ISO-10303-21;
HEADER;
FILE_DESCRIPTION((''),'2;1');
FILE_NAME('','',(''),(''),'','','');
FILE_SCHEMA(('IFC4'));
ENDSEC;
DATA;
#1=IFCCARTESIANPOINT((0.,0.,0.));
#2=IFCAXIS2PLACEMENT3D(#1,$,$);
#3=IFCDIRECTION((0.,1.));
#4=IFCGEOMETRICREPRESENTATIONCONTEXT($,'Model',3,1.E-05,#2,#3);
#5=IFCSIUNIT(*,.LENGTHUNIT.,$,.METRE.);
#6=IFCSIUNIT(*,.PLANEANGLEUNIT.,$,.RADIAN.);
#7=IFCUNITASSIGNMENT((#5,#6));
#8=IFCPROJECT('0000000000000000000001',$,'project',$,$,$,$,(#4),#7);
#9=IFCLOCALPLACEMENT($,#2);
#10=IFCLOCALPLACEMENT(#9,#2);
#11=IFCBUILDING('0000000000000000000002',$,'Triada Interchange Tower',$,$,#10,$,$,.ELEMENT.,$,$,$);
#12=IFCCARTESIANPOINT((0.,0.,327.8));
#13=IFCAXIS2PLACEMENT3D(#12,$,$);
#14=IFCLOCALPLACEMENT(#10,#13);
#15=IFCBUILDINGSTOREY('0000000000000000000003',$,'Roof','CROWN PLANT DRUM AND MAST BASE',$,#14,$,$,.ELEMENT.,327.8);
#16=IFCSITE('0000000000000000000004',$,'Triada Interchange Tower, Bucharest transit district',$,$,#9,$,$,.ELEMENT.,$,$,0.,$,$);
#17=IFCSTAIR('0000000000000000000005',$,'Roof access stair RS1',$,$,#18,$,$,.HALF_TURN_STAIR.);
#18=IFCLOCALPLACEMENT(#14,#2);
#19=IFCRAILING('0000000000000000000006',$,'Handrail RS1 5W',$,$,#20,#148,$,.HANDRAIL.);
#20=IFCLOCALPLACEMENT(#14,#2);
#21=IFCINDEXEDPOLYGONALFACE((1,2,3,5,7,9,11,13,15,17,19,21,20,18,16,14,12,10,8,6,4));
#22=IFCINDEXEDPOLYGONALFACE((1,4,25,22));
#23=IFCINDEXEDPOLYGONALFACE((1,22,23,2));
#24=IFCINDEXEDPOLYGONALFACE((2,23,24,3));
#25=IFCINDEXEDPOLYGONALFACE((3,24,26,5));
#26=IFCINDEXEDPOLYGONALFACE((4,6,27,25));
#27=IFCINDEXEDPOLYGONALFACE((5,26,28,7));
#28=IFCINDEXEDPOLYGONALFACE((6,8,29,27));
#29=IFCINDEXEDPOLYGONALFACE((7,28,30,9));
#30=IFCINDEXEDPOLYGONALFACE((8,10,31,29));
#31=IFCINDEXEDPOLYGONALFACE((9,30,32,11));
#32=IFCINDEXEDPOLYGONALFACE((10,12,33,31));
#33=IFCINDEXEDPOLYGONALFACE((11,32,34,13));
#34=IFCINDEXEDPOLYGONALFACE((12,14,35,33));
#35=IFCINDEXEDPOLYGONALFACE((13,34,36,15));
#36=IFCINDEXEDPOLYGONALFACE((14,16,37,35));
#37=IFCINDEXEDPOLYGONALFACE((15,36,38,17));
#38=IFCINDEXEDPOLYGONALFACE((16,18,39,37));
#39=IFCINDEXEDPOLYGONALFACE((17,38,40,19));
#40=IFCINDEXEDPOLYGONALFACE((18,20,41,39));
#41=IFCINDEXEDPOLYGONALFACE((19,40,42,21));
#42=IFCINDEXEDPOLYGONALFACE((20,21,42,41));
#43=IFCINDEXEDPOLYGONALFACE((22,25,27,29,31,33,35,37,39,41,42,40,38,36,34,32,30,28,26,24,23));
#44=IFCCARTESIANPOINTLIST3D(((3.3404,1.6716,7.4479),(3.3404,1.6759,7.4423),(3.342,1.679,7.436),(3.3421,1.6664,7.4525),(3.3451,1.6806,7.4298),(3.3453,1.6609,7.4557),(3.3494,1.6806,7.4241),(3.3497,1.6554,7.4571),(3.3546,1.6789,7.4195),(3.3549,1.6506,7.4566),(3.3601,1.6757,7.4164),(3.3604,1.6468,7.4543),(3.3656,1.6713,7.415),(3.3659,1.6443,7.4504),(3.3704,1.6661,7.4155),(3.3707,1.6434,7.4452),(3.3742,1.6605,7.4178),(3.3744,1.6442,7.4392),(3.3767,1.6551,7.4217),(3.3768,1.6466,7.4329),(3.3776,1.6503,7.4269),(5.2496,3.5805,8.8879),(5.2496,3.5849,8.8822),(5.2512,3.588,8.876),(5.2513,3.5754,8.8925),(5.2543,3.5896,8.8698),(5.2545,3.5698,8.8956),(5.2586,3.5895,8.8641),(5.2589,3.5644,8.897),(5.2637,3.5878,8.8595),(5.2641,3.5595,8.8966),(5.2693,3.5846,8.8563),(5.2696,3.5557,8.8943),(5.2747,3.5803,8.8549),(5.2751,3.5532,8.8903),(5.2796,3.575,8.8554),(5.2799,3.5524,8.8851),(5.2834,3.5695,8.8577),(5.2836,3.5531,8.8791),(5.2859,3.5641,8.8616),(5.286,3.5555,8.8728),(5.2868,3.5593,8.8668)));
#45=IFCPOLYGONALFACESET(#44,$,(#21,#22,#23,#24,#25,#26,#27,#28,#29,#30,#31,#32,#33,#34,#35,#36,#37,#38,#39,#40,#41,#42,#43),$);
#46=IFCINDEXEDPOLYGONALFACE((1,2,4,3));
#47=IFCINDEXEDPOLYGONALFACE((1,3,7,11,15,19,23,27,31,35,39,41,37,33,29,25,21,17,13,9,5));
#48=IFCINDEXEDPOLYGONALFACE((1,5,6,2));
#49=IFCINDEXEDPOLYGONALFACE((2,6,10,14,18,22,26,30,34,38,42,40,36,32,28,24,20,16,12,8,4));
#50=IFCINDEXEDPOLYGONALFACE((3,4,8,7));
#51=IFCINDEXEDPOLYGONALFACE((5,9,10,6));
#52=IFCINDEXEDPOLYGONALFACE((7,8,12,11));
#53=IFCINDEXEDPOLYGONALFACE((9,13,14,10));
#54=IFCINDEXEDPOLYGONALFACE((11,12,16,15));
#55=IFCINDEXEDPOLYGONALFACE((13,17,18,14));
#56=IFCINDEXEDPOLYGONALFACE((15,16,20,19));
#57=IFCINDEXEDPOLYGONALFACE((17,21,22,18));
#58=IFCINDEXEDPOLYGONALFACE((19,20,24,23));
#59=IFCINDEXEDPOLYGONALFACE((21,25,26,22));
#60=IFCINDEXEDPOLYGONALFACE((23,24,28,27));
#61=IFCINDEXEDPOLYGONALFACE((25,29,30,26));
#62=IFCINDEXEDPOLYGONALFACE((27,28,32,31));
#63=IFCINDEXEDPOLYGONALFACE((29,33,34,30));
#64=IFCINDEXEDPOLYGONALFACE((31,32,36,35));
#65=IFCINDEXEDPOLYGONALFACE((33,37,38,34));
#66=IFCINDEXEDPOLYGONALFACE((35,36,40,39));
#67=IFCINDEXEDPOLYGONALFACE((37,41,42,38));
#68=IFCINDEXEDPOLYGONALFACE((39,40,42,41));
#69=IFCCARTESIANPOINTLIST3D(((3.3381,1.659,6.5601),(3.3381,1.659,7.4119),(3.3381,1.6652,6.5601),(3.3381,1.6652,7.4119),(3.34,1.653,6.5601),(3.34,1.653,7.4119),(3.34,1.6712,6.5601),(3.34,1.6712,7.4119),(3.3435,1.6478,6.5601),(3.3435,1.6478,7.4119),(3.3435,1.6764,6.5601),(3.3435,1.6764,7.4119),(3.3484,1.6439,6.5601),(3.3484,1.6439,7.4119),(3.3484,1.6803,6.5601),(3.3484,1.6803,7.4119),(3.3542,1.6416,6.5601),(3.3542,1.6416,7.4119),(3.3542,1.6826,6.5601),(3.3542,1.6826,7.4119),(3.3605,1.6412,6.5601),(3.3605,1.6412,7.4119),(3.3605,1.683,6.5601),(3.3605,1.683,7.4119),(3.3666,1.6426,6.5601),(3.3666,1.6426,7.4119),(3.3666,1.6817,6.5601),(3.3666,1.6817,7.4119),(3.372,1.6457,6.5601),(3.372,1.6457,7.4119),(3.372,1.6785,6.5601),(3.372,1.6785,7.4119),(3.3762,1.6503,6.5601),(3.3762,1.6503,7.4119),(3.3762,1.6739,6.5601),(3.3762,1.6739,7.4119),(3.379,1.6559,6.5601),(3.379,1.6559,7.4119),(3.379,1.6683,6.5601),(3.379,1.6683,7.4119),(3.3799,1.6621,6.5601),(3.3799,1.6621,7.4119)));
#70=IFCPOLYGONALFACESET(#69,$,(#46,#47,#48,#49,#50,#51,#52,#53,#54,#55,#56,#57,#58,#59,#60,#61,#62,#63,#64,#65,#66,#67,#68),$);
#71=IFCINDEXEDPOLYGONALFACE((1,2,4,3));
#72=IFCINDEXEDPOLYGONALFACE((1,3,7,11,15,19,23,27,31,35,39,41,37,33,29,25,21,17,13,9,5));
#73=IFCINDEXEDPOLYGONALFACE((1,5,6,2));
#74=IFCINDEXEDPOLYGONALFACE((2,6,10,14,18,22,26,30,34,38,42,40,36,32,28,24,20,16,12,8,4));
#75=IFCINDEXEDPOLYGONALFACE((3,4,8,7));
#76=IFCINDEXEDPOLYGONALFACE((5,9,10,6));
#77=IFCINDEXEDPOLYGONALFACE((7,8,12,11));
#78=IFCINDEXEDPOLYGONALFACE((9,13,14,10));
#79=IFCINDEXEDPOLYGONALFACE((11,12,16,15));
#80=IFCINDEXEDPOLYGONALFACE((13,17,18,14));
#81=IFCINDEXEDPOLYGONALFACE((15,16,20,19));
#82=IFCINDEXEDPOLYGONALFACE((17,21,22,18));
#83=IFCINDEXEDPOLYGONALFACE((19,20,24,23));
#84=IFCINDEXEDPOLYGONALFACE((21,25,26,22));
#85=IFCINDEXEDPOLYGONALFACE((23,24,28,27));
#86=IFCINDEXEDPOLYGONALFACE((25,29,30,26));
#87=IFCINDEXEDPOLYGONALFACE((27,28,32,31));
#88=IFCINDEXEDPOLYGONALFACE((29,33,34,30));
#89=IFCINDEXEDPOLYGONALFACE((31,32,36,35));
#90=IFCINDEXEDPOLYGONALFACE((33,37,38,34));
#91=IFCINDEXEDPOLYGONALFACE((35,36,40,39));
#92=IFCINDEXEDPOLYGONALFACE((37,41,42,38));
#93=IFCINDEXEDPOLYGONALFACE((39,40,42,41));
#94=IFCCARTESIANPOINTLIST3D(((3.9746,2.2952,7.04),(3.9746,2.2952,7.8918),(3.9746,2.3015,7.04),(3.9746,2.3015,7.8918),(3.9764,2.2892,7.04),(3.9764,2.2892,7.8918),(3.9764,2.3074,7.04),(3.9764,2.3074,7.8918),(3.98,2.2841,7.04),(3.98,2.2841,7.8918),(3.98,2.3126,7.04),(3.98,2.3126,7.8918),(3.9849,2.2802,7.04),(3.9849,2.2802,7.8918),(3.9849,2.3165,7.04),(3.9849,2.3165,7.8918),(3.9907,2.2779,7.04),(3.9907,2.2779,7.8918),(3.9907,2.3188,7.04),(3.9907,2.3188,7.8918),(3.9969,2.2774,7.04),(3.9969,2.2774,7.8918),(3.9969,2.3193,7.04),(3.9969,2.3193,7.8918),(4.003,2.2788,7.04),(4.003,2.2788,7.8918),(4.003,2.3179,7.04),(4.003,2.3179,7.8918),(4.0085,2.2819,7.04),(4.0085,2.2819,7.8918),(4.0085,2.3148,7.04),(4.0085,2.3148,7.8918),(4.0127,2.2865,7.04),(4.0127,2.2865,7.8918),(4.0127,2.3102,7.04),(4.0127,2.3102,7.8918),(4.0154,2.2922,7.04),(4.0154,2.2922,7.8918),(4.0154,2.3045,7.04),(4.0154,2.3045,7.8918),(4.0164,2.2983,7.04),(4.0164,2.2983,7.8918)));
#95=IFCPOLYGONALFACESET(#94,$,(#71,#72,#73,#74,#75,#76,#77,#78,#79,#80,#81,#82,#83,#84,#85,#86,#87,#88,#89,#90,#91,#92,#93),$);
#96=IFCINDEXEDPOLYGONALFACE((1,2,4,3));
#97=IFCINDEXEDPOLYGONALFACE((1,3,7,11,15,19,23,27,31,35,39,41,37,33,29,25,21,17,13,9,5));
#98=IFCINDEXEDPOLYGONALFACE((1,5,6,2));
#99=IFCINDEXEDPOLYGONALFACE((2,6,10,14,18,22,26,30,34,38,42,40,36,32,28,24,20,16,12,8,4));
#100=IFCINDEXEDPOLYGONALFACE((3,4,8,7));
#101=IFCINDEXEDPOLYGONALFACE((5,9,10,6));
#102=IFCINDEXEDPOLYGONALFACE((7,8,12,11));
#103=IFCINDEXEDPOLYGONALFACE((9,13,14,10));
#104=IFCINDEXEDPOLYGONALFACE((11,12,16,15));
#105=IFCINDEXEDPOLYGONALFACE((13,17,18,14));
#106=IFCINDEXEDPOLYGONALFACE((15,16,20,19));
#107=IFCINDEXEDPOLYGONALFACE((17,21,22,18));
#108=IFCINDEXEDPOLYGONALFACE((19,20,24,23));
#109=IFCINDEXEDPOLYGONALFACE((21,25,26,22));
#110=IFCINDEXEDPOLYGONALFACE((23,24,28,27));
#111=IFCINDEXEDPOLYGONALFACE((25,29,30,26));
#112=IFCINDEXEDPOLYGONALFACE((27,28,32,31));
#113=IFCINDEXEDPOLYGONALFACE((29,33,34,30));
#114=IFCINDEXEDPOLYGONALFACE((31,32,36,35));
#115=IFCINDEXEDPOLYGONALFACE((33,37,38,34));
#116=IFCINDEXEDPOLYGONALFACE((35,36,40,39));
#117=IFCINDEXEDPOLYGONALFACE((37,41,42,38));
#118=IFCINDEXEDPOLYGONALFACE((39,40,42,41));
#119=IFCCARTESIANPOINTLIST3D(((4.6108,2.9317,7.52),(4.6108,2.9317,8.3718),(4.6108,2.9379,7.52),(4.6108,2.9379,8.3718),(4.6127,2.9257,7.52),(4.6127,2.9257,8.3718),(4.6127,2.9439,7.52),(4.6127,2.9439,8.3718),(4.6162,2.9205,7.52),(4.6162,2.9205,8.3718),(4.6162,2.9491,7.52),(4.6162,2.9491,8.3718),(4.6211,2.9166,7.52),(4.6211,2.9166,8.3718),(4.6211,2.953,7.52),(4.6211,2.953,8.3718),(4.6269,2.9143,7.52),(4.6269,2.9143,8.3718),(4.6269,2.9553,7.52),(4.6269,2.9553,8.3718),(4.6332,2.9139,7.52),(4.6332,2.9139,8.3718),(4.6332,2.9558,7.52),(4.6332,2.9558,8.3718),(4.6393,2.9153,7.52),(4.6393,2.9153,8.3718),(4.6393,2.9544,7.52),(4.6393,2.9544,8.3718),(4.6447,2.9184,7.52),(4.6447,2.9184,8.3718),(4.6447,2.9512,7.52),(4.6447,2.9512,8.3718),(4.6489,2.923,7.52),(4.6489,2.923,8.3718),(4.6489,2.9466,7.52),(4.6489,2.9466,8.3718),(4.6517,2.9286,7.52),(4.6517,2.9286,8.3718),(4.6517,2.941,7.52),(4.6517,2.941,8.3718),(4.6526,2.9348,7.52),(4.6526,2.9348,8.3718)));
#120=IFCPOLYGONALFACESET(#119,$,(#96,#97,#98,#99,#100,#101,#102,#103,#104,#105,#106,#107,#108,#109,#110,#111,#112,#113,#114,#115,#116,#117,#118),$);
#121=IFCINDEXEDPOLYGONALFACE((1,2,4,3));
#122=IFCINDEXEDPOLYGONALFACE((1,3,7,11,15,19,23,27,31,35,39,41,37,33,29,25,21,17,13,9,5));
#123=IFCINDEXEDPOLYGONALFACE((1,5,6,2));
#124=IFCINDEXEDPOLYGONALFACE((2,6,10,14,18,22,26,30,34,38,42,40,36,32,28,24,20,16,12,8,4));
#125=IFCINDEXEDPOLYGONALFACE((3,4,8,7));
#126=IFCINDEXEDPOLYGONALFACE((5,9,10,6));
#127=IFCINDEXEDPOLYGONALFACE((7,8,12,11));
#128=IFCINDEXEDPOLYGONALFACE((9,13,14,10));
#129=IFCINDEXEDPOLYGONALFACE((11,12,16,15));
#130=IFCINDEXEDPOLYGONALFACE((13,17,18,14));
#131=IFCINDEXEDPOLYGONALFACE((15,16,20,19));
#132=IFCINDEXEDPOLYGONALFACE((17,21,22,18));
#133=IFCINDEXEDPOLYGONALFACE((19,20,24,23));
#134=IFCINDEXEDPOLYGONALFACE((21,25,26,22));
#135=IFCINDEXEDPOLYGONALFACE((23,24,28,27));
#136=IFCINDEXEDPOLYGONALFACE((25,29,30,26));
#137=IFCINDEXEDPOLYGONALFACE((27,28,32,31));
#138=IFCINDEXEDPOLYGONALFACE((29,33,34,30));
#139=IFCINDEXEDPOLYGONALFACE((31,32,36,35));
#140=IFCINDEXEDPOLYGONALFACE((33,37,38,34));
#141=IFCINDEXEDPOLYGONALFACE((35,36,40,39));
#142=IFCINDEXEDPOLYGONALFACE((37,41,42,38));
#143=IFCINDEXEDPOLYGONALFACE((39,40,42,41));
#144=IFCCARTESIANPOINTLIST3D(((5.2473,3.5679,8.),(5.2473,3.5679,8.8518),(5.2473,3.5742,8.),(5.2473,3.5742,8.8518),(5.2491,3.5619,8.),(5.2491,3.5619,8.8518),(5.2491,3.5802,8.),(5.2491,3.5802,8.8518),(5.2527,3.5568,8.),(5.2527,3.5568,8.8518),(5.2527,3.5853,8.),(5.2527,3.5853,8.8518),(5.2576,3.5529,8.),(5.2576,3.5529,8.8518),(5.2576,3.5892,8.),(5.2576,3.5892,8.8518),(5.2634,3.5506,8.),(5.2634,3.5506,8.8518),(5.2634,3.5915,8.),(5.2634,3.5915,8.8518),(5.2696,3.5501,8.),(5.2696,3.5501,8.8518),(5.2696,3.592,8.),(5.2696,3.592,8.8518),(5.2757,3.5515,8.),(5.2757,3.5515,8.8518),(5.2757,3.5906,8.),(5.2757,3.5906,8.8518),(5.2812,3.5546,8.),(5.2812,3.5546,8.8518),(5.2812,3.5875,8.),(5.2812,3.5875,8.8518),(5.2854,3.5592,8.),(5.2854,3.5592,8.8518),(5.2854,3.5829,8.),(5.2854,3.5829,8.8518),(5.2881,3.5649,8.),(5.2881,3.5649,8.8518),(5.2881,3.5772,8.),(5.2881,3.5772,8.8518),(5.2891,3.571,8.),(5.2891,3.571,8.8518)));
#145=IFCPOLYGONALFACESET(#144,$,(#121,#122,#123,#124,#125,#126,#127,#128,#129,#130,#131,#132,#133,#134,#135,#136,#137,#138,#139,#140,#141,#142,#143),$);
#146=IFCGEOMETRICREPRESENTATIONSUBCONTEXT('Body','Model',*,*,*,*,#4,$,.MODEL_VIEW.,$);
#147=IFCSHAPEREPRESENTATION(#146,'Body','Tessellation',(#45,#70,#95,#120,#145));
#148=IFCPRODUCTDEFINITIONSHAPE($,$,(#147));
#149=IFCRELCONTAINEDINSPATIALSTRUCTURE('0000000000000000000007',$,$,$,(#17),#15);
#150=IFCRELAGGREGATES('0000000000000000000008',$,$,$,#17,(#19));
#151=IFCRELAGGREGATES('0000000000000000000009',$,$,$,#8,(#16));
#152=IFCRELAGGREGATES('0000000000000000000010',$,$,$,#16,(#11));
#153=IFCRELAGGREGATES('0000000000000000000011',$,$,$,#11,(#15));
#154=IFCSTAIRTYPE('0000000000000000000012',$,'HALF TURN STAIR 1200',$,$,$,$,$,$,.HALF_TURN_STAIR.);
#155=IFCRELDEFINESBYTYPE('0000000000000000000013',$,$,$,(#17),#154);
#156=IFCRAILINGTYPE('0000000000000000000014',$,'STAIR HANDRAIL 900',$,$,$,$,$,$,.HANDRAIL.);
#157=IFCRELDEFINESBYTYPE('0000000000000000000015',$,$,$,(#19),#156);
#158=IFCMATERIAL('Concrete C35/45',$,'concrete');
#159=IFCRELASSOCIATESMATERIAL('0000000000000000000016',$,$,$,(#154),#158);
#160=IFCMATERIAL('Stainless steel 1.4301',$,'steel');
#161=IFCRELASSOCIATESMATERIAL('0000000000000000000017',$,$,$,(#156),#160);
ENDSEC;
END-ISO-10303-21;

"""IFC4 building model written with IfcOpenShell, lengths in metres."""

from ifc_helpers import new_model, si_unit, direction, frame, origin, origin_2d, place, context, subcontext, project, spatial, circle, extrude, material, type_object, element, aggregate, save


model = new_model("IFC4")

# Units and contexts
model_context = context("Model", 3, precision=1e-05, world=origin(), true_north=direction((0.0, 1.0)))
body_context = subcontext(model_context, "Body", "Model", "MODEL_VIEW")
ifc_project = project(units=[si_unit("LENGTHUNIT", "METRE"), si_unit("PLANEANGLEUNIT", "RADIAN")], contexts=[model_context])

# Site, building, storey
site_placement = place(None, origin())
site = spatial("IfcSite", under=ifc_project, at=site_placement, Name="Triada Interchange Tower, Bucharest transit district", CompositionType="ELEMENT", RefElevation=0.0)
building_placement = place(site_placement, origin())
building = spatial("IfcBuilding", under=site, at=building_placement, Name="Triada Interchange Tower", CompositionType="ELEMENT")
storey_placement = place(building_placement, frame((0.0, 0.0, 327.8)))
storey = spatial("IfcBuildingStorey", under=building, at=storey_placement, Name="Roof", Description="CROWN PLANT DRUM AND MAST BASE", CompositionType="ELEMENT", Elevation=327.8)

# Stair
ifc_material_1 = material(Name="Concrete C35/45", Category="concrete")
stair_type = type_object("IfcStairType", Name="HALF TURN STAIR 1200", PredefinedType="HALF_TURN_STAIR", material=ifc_material_1)
stair_placement = place(storey_placement, origin())
stair = element("IfcStair", 1, at=stair_placement, inside=storey, type_object=stair_type, Name="Roof access stair RS1", PredefinedType="HALF_TURN_STAIR")

# Railing
ifc_material_2 = material(Name="Stainless steel 1.4301", Category="steel")
railing_type = type_object("IfcRailingType", Name="STAIR HANDRAIL 900", PredefinedType="HANDRAIL", material=ifc_material_2)
railing_1_placement = place(storey_placement, frame((3.3589, 1.6621, 6.5601)))
railing_1 = element("IfcRailing", 2, at=railing_1_placement, type_object=railing_type, Name="Handrail RS1 5W", PredefinedType="HANDRAIL", context=body_context, shape_type="SweptSolid", body=[
    extrude(circle(Radius=0.0239, at=origin_2d()), frame((0.0, 0.0, 0.876), z_axis=(0.623954, 0.623874, 0.470598), x_axis=(-0.707062, 0.707152, 0.0)), (0.0, 0.0, 1.0), 3.0598),
    extrude(circle(Radius=0.021, at=origin_2d()), origin(), (0.0, 0.0, 1.0), 0.8518),
    extrude(circle(Radius=0.021, at=origin_2d()), frame((0.6365, 0.6362, 0.48)), (0.0, 0.0, 1.0), 0.8518),
    extrude(circle(Radius=0.021, at=origin_2d()), frame((1.2727, 1.2727, 0.96)), (0.0, 0.0, 1.0), 0.8518),
    extrude(circle(Radius=0.021, at=origin_2d()), frame((1.9092, 1.9089, 1.4399)), (0.0, 0.0, 1.0), 0.8518),
])
aggregate(stair, [railing_1])

save(model, "model.ifc")
